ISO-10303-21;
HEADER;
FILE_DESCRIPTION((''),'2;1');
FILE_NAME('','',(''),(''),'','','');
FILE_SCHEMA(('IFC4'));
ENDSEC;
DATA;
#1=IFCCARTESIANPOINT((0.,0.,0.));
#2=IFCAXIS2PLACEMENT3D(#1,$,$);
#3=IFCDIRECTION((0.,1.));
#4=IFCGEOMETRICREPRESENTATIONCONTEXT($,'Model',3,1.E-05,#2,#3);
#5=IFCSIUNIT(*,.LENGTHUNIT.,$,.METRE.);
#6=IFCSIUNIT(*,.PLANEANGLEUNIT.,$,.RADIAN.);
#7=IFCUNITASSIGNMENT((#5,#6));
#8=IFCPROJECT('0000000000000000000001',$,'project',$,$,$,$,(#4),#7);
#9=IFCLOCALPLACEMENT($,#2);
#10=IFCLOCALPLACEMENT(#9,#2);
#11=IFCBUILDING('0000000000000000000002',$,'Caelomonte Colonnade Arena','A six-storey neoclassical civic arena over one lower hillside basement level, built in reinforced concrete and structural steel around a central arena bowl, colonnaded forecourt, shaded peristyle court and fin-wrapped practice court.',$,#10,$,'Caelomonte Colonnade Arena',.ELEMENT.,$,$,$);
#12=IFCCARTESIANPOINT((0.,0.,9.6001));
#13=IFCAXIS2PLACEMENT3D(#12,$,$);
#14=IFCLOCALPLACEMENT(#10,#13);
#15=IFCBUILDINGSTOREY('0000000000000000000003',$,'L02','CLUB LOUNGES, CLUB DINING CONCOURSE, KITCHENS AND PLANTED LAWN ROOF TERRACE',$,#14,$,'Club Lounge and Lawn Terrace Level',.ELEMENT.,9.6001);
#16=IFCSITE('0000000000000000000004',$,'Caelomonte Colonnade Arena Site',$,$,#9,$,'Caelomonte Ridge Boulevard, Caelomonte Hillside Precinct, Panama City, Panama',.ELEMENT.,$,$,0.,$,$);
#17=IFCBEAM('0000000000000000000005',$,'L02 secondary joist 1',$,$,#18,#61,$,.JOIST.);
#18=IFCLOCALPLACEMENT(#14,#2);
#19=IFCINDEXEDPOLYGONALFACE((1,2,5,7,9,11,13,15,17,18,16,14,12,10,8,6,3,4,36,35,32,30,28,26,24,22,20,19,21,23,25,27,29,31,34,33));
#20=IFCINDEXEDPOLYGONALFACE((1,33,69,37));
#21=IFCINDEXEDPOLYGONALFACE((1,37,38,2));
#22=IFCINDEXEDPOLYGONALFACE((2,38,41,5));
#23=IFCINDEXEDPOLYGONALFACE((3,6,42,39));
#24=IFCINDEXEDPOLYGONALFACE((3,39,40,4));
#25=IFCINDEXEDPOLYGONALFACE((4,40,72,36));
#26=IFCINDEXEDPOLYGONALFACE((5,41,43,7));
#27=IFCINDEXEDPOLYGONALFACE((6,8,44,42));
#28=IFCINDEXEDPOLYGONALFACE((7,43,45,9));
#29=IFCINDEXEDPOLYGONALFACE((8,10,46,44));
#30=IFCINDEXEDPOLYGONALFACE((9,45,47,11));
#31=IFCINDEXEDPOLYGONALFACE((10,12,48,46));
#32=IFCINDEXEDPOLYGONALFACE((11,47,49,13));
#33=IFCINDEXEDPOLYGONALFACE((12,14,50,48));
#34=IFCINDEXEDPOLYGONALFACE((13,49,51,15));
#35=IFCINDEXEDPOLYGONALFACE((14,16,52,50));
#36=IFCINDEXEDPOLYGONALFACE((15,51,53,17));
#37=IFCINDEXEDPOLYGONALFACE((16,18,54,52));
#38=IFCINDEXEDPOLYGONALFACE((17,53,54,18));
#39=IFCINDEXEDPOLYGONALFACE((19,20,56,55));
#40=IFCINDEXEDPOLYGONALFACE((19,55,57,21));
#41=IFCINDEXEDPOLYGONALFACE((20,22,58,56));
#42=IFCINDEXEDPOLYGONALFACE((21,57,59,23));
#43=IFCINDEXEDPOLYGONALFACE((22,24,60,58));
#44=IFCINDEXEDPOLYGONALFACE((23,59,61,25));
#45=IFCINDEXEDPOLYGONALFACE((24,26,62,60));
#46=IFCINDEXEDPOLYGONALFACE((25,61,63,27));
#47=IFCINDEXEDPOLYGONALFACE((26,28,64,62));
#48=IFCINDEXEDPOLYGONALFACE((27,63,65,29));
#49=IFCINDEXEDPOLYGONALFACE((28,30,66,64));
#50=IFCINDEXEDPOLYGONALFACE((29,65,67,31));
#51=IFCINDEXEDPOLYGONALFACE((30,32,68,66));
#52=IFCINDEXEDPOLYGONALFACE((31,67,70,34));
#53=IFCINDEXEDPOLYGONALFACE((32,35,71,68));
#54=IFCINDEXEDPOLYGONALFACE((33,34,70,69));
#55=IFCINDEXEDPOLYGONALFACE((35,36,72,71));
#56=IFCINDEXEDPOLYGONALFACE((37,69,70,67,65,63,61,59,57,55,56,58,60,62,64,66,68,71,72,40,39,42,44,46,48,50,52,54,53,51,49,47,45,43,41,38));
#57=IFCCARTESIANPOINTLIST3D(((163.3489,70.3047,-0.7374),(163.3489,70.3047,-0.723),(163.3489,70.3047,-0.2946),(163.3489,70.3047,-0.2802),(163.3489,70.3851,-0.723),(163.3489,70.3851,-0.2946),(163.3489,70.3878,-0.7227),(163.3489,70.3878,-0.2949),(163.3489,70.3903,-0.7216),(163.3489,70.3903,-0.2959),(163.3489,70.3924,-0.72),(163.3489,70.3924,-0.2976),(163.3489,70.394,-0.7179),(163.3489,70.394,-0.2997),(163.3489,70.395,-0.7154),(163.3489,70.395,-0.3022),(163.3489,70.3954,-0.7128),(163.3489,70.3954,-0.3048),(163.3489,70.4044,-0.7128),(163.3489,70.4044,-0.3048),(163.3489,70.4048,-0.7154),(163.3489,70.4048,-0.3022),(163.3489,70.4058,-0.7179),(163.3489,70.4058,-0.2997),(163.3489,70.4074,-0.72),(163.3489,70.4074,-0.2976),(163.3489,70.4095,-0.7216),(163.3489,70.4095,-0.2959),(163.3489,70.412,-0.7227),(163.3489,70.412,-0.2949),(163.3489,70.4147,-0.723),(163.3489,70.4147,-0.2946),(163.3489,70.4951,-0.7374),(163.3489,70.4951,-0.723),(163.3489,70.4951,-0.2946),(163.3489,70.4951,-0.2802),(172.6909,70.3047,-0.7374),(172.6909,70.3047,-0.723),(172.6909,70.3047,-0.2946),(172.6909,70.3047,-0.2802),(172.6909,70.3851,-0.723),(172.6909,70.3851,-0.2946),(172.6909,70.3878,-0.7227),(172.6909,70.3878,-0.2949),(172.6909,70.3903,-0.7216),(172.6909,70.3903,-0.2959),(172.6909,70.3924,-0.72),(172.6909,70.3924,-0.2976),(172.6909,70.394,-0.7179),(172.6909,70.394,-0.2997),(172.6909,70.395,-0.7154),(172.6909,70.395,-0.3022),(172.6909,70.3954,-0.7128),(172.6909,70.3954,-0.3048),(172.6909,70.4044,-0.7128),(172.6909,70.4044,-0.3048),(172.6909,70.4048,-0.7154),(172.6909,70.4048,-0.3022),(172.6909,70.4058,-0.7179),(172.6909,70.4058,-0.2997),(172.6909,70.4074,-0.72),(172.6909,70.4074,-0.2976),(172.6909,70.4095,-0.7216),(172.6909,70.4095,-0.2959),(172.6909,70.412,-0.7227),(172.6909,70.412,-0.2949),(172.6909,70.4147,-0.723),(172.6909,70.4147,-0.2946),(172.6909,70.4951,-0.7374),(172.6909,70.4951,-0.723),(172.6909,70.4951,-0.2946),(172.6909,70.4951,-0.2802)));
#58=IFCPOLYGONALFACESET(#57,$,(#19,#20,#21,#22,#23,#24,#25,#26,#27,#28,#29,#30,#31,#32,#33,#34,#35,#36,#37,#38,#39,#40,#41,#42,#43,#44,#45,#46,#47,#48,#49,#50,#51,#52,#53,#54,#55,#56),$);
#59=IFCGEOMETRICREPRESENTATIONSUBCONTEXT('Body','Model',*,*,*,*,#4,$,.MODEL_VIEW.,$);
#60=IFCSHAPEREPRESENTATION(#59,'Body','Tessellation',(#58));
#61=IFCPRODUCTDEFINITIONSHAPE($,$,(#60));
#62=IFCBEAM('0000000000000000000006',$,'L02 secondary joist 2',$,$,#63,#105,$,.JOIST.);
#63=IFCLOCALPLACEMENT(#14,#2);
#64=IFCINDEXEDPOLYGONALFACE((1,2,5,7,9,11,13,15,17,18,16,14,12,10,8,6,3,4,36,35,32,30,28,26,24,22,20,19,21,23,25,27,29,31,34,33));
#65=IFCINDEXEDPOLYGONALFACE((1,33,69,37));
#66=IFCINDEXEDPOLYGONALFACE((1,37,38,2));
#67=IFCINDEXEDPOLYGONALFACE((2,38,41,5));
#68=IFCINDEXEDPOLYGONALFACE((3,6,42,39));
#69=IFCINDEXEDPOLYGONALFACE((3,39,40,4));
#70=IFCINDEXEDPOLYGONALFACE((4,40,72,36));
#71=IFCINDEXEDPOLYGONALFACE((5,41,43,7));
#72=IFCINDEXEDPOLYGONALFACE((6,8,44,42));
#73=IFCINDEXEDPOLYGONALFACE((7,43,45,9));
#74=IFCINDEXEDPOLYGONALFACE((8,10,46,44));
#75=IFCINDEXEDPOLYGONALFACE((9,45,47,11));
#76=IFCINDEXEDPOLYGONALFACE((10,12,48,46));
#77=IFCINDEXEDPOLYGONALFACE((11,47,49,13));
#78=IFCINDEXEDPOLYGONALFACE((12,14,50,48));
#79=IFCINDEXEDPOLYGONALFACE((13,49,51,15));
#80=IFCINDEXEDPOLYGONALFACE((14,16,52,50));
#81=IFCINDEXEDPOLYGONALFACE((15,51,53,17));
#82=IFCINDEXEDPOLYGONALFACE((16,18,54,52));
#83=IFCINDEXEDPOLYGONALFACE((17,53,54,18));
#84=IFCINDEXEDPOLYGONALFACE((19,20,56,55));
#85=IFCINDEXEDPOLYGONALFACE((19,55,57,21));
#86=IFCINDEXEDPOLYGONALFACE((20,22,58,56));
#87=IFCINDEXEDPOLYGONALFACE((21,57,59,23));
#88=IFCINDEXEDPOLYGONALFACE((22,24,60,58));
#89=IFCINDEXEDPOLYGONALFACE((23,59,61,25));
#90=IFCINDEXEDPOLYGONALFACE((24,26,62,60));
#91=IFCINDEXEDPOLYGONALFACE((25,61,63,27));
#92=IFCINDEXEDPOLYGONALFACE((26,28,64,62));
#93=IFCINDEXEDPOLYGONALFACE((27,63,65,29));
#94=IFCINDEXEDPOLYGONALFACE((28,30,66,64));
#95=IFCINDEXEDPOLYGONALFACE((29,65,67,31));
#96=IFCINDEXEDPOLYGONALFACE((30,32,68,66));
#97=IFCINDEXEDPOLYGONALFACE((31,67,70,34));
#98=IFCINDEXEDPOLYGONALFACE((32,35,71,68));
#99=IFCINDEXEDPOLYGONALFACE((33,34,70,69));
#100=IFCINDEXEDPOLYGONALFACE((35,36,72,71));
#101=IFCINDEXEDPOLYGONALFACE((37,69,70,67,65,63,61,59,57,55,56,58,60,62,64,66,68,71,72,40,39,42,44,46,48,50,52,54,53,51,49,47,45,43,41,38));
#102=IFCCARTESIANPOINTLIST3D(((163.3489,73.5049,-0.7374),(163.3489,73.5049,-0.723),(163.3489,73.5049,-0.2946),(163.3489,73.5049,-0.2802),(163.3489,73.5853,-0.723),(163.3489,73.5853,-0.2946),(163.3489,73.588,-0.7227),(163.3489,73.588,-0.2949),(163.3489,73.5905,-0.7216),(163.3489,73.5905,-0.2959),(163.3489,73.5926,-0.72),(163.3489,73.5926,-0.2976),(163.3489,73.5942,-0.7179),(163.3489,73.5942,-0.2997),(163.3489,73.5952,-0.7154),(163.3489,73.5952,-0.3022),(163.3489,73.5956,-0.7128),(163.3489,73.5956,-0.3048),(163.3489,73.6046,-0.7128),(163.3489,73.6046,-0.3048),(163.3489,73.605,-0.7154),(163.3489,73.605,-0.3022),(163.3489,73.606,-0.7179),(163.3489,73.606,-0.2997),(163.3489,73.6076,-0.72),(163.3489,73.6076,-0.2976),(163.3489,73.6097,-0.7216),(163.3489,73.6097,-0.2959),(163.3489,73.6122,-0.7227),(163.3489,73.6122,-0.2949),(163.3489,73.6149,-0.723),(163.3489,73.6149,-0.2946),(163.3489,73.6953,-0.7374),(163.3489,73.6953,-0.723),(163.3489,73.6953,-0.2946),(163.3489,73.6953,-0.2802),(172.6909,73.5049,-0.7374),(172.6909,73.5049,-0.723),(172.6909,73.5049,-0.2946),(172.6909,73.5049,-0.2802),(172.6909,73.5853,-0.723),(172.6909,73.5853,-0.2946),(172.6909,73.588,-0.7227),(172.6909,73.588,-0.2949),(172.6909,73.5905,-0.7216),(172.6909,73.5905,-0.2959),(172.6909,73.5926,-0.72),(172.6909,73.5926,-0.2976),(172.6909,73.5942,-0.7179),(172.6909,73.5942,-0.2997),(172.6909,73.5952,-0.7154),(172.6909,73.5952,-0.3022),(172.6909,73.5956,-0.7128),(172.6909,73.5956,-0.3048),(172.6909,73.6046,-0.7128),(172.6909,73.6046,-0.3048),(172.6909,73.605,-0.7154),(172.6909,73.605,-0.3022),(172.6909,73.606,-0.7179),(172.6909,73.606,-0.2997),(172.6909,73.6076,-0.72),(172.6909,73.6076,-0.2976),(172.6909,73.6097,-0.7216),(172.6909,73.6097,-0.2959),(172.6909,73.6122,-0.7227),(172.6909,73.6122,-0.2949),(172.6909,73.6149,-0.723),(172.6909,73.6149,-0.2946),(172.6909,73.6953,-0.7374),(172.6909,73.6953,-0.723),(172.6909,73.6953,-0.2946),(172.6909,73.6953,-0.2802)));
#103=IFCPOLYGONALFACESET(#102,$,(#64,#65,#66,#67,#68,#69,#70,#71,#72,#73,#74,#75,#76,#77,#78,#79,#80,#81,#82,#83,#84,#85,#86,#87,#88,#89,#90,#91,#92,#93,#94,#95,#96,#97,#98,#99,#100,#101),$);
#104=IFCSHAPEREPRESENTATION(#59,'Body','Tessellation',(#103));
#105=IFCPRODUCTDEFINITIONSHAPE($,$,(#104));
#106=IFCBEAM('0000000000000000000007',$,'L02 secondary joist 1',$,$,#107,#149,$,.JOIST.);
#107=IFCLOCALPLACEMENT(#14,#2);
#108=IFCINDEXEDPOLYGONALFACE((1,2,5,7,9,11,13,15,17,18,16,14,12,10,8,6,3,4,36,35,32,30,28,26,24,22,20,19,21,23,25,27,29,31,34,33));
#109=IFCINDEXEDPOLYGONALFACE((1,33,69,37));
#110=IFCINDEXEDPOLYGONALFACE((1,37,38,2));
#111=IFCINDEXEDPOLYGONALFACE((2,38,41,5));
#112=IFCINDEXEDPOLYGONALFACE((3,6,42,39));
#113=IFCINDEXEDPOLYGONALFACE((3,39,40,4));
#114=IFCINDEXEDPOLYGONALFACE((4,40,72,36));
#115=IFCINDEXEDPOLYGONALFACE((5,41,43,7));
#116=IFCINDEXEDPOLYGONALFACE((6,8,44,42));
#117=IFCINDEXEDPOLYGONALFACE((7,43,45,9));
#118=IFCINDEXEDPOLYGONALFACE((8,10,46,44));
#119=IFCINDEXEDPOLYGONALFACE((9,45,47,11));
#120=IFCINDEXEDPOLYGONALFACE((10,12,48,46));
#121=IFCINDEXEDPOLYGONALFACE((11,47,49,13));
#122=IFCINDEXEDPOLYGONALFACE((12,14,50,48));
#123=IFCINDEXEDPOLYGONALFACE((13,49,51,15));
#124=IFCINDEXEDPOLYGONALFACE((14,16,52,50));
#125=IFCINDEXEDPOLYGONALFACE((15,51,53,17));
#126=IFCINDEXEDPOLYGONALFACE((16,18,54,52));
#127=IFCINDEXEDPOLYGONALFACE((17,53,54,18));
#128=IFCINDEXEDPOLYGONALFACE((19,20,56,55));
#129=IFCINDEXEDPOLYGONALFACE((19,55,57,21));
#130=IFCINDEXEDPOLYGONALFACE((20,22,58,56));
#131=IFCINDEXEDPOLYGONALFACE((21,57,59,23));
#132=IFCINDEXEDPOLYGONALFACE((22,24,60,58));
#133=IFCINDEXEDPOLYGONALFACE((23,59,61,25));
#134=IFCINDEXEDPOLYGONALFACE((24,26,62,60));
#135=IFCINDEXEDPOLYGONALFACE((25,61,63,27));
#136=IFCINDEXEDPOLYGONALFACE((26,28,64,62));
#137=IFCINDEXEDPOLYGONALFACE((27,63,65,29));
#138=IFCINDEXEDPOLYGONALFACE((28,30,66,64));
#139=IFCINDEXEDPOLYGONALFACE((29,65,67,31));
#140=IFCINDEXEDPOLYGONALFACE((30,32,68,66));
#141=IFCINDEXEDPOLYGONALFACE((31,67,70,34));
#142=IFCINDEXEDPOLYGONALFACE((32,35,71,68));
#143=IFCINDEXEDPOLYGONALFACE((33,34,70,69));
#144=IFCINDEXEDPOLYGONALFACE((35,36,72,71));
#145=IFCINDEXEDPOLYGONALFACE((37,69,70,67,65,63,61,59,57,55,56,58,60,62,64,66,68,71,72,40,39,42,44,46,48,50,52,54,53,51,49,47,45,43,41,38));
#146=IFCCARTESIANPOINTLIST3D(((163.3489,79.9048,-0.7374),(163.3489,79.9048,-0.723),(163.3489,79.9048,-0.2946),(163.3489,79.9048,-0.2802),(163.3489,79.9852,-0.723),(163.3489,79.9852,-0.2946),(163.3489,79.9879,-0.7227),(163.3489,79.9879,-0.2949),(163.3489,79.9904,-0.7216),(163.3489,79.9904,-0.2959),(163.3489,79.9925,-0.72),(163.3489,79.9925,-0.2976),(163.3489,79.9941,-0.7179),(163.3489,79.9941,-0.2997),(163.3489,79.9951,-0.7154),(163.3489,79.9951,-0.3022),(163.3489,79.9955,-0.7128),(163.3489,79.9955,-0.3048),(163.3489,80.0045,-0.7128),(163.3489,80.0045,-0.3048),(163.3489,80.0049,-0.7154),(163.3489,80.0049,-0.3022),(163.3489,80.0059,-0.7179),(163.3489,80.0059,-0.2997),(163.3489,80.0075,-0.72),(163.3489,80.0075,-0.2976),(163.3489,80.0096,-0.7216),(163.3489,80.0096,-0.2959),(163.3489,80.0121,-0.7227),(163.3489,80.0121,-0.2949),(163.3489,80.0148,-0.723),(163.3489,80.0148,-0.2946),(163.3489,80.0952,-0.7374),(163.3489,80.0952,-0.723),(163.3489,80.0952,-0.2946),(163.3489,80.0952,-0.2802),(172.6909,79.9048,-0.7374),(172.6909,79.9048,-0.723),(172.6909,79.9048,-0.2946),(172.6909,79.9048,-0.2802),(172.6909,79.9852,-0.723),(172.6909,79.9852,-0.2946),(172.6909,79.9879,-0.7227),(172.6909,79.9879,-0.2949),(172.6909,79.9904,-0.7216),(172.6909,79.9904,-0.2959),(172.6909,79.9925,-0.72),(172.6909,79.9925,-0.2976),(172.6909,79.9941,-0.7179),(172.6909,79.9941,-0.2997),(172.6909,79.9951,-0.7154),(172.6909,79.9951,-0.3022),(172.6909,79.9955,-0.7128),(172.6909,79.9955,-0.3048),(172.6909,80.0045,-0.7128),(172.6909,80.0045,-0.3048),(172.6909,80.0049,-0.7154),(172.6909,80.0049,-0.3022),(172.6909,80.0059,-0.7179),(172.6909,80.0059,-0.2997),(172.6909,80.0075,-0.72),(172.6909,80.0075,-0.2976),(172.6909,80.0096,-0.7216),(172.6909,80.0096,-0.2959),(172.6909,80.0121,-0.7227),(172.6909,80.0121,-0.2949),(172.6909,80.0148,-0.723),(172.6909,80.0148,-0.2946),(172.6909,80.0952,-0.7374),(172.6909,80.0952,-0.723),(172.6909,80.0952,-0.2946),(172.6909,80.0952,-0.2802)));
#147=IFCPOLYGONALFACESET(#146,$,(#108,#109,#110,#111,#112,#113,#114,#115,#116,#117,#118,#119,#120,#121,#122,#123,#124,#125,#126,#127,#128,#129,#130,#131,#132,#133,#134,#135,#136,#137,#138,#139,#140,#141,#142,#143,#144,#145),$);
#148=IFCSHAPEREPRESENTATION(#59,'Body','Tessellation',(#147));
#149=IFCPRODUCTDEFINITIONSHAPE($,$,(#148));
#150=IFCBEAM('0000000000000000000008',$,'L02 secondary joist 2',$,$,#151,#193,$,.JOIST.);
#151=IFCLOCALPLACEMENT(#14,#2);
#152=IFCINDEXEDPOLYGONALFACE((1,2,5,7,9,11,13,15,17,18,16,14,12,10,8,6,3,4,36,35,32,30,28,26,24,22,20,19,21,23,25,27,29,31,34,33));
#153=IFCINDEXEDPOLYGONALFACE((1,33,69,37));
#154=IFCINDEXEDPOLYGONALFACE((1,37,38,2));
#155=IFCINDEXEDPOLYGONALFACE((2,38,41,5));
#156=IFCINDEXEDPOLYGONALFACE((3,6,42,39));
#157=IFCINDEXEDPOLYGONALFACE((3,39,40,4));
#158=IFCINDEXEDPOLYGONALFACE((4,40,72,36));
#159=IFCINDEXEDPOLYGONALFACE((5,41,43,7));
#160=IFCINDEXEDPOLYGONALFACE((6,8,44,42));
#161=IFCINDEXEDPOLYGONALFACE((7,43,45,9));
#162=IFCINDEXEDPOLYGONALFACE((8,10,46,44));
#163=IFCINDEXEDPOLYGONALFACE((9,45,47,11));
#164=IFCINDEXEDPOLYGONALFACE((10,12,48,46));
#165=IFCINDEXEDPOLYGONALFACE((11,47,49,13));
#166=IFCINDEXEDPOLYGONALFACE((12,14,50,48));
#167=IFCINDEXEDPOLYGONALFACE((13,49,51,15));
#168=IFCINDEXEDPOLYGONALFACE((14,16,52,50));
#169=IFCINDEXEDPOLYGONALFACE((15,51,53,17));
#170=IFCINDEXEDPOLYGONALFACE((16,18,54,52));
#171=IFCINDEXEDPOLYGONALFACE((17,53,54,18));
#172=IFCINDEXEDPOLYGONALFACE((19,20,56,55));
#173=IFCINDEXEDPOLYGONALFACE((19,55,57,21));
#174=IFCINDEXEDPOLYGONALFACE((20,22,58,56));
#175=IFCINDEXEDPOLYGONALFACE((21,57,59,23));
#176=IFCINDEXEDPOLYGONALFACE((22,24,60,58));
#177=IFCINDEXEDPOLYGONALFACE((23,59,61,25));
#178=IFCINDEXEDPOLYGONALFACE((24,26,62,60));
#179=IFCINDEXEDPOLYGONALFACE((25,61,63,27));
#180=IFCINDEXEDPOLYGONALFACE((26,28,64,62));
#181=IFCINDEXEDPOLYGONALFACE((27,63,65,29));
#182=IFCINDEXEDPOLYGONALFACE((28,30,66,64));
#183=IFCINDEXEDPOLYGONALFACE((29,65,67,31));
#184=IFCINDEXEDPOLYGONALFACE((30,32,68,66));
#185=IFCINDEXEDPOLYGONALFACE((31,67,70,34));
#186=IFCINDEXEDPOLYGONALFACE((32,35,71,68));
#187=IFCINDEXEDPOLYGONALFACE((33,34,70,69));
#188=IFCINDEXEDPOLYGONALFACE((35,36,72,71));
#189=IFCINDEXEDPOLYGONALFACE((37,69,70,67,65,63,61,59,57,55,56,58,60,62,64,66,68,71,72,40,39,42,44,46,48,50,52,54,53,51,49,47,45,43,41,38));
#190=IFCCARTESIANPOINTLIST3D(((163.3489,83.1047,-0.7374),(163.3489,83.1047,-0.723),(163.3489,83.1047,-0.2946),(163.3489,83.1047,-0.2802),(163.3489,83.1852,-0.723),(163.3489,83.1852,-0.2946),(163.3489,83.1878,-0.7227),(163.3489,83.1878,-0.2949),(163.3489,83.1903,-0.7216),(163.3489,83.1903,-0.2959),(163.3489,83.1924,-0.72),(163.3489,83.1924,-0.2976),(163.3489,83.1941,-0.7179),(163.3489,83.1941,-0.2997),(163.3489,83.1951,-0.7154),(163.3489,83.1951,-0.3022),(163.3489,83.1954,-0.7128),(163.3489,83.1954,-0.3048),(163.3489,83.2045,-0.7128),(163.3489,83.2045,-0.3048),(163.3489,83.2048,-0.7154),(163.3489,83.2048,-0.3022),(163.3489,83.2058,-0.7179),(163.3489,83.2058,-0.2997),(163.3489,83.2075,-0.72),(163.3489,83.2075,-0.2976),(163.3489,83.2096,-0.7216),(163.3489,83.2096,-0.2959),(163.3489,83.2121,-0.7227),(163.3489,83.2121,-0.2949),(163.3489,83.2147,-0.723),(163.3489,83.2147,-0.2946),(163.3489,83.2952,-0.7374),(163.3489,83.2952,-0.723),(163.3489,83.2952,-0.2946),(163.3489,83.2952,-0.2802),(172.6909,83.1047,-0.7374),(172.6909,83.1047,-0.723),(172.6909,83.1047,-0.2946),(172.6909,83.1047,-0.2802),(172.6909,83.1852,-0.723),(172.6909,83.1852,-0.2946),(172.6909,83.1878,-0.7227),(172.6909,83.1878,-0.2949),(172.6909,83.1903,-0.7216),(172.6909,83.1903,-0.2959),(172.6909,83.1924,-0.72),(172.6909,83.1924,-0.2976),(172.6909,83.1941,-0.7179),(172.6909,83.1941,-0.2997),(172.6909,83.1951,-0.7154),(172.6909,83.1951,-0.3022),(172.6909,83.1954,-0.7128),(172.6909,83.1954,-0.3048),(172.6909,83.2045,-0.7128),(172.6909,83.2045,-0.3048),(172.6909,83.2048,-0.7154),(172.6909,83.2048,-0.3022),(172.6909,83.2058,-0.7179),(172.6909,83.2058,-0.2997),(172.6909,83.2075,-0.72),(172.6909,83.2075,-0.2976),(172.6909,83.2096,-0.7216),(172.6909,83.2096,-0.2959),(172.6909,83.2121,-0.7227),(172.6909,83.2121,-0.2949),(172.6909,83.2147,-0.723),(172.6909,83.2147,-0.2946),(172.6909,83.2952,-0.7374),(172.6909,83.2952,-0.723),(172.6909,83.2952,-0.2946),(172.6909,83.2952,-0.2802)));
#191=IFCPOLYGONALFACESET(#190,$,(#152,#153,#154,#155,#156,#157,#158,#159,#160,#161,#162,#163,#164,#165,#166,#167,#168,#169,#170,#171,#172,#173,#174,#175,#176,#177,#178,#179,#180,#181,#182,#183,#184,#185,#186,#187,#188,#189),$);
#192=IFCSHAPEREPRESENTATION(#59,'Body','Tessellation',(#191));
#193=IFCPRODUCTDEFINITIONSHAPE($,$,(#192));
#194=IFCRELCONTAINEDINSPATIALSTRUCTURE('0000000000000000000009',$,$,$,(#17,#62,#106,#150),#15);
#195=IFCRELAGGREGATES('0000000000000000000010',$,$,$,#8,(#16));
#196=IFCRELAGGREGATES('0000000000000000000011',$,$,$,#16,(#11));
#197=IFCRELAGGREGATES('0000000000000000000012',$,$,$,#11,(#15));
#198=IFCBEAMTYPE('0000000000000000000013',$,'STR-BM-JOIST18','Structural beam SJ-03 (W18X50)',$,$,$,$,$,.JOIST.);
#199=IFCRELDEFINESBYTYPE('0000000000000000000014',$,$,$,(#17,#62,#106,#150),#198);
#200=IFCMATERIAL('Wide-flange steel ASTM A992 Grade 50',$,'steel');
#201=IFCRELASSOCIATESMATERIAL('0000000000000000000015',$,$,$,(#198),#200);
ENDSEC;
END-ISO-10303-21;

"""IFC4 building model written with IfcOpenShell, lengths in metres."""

from ifc_helpers import new_model, si_unit, direction, frame, origin, origin_2d, place, context, subcontext, project, spatial, i_section, extrude, material, material_profile, profile_set, type_object, element, save


model = new_model("IFC4")

# Units and contexts
model_context = context("Model", 3, precision=1e-05, world=origin(), true_north=direction((0.0, 1.0)))
body_context = subcontext(model_context, "Body", "Model", "MODEL_VIEW")
ifc_project = project(units=[si_unit("LENGTHUNIT", "METRE"), si_unit("PLANEANGLEUNIT", "RADIAN")], contexts=[model_context])

# Site, building, storey
site_placement = place(None, origin())
site = spatial("IfcSite", under=ifc_project, at=site_placement, Name="Caelomonte Colonnade Arena Site", LongName="Caelomonte Ridge Boulevard, Caelomonte Hillside Precinct, Panama City, Panama", CompositionType="ELEMENT", RefElevation=0.0)
building_placement = place(site_placement, origin())
building = spatial("IfcBuilding", under=site, at=building_placement, Name="Caelomonte Colonnade Arena", Description="A six-storey neoclassical civic arena over one lower hillside basement level, built in reinforced concrete and structural steel around a central arena bowl, colonnaded forecourt, shaded peristyle court and fin-wrapped practice court.", LongName="Caelomonte Colonnade Arena", CompositionType="ELEMENT")
storey_placement = place(building_placement, frame((0.0, 0.0, 9.6001)))
storey = spatial("IfcBuildingStorey", under=building, at=storey_placement, Name="L02", Description="CLUB LOUNGES, CLUB DINING CONCOURSE, KITCHENS AND PLANTED LAWN ROOF TERRACE", LongName="Club Lounge and Lawn Terrace Level", CompositionType="ELEMENT", Elevation=9.6001)

# Shared definitions
ifc_material_1 = material(Name="Wide-flange steel ASTM A992 Grade 50", Category="steel")

# Beams
ifc_material_profile_1 = material_profile(ifc_material_1, i_section(OverallWidth=0.1904, OverallDepth=0.4573, WebThickness=0.009, FlangeThickness=0.0144, FilletRadius=0.0103, at=origin_2d()), Name="W18X50")
ifc_profile_set_1 = profile_set([ifc_material_profile_1], Name="Wide-flange steel ASTM A992 Grade 50")
beam_type_1 = type_object("IfcBeamType", Name="STR-BM-JOIST18", Description="Structural beam SJ-03 (W18X50)", PredefinedType="JOIST", material=ifc_profile_set_1)
for number, where, z_axis, x_axis, name in (
    (1, (163.3489, 70.3999, -0.5088), (1.0, 0.0, 0.0), (0.0, 1.0, 0.0), "L02 secondary joist 1"),
    (2, (163.3489, 73.6001, -0.5088), (1.0, 0.0, 0.0), (0.0, 1.0, 0.0), "L02 secondary joist 2"),
    (3, (163.3489, 80.0, -0.5088), (1.0, 0.0, 0.0), (0.0, 1.0, 0.0), "L02 secondary joist 1"),
    (4, (163.3489, 83.2, -0.5088), (1.0, 0.0, 0.0), (0.0, 1.0, 0.0), "L02 secondary joist 2"),
):
    element("IfcBeam", number, at=place(storey_placement, frame(where, z_axis=z_axis, x_axis=x_axis)), inside=storey, type_object=beam_type_1, Name=name, PredefinedType="JOIST", context=body_context, shape_type="SweptSolid", body=[
        extrude(i_section(OverallWidth=0.1904, OverallDepth=0.4573, WebThickness=0.009, FlangeThickness=0.0144, FilletRadius=0.0103, at=origin_2d()), origin(), (0.0, 0.0, 1.0), 9.342),
    ])

save(model, "model.ifc")
